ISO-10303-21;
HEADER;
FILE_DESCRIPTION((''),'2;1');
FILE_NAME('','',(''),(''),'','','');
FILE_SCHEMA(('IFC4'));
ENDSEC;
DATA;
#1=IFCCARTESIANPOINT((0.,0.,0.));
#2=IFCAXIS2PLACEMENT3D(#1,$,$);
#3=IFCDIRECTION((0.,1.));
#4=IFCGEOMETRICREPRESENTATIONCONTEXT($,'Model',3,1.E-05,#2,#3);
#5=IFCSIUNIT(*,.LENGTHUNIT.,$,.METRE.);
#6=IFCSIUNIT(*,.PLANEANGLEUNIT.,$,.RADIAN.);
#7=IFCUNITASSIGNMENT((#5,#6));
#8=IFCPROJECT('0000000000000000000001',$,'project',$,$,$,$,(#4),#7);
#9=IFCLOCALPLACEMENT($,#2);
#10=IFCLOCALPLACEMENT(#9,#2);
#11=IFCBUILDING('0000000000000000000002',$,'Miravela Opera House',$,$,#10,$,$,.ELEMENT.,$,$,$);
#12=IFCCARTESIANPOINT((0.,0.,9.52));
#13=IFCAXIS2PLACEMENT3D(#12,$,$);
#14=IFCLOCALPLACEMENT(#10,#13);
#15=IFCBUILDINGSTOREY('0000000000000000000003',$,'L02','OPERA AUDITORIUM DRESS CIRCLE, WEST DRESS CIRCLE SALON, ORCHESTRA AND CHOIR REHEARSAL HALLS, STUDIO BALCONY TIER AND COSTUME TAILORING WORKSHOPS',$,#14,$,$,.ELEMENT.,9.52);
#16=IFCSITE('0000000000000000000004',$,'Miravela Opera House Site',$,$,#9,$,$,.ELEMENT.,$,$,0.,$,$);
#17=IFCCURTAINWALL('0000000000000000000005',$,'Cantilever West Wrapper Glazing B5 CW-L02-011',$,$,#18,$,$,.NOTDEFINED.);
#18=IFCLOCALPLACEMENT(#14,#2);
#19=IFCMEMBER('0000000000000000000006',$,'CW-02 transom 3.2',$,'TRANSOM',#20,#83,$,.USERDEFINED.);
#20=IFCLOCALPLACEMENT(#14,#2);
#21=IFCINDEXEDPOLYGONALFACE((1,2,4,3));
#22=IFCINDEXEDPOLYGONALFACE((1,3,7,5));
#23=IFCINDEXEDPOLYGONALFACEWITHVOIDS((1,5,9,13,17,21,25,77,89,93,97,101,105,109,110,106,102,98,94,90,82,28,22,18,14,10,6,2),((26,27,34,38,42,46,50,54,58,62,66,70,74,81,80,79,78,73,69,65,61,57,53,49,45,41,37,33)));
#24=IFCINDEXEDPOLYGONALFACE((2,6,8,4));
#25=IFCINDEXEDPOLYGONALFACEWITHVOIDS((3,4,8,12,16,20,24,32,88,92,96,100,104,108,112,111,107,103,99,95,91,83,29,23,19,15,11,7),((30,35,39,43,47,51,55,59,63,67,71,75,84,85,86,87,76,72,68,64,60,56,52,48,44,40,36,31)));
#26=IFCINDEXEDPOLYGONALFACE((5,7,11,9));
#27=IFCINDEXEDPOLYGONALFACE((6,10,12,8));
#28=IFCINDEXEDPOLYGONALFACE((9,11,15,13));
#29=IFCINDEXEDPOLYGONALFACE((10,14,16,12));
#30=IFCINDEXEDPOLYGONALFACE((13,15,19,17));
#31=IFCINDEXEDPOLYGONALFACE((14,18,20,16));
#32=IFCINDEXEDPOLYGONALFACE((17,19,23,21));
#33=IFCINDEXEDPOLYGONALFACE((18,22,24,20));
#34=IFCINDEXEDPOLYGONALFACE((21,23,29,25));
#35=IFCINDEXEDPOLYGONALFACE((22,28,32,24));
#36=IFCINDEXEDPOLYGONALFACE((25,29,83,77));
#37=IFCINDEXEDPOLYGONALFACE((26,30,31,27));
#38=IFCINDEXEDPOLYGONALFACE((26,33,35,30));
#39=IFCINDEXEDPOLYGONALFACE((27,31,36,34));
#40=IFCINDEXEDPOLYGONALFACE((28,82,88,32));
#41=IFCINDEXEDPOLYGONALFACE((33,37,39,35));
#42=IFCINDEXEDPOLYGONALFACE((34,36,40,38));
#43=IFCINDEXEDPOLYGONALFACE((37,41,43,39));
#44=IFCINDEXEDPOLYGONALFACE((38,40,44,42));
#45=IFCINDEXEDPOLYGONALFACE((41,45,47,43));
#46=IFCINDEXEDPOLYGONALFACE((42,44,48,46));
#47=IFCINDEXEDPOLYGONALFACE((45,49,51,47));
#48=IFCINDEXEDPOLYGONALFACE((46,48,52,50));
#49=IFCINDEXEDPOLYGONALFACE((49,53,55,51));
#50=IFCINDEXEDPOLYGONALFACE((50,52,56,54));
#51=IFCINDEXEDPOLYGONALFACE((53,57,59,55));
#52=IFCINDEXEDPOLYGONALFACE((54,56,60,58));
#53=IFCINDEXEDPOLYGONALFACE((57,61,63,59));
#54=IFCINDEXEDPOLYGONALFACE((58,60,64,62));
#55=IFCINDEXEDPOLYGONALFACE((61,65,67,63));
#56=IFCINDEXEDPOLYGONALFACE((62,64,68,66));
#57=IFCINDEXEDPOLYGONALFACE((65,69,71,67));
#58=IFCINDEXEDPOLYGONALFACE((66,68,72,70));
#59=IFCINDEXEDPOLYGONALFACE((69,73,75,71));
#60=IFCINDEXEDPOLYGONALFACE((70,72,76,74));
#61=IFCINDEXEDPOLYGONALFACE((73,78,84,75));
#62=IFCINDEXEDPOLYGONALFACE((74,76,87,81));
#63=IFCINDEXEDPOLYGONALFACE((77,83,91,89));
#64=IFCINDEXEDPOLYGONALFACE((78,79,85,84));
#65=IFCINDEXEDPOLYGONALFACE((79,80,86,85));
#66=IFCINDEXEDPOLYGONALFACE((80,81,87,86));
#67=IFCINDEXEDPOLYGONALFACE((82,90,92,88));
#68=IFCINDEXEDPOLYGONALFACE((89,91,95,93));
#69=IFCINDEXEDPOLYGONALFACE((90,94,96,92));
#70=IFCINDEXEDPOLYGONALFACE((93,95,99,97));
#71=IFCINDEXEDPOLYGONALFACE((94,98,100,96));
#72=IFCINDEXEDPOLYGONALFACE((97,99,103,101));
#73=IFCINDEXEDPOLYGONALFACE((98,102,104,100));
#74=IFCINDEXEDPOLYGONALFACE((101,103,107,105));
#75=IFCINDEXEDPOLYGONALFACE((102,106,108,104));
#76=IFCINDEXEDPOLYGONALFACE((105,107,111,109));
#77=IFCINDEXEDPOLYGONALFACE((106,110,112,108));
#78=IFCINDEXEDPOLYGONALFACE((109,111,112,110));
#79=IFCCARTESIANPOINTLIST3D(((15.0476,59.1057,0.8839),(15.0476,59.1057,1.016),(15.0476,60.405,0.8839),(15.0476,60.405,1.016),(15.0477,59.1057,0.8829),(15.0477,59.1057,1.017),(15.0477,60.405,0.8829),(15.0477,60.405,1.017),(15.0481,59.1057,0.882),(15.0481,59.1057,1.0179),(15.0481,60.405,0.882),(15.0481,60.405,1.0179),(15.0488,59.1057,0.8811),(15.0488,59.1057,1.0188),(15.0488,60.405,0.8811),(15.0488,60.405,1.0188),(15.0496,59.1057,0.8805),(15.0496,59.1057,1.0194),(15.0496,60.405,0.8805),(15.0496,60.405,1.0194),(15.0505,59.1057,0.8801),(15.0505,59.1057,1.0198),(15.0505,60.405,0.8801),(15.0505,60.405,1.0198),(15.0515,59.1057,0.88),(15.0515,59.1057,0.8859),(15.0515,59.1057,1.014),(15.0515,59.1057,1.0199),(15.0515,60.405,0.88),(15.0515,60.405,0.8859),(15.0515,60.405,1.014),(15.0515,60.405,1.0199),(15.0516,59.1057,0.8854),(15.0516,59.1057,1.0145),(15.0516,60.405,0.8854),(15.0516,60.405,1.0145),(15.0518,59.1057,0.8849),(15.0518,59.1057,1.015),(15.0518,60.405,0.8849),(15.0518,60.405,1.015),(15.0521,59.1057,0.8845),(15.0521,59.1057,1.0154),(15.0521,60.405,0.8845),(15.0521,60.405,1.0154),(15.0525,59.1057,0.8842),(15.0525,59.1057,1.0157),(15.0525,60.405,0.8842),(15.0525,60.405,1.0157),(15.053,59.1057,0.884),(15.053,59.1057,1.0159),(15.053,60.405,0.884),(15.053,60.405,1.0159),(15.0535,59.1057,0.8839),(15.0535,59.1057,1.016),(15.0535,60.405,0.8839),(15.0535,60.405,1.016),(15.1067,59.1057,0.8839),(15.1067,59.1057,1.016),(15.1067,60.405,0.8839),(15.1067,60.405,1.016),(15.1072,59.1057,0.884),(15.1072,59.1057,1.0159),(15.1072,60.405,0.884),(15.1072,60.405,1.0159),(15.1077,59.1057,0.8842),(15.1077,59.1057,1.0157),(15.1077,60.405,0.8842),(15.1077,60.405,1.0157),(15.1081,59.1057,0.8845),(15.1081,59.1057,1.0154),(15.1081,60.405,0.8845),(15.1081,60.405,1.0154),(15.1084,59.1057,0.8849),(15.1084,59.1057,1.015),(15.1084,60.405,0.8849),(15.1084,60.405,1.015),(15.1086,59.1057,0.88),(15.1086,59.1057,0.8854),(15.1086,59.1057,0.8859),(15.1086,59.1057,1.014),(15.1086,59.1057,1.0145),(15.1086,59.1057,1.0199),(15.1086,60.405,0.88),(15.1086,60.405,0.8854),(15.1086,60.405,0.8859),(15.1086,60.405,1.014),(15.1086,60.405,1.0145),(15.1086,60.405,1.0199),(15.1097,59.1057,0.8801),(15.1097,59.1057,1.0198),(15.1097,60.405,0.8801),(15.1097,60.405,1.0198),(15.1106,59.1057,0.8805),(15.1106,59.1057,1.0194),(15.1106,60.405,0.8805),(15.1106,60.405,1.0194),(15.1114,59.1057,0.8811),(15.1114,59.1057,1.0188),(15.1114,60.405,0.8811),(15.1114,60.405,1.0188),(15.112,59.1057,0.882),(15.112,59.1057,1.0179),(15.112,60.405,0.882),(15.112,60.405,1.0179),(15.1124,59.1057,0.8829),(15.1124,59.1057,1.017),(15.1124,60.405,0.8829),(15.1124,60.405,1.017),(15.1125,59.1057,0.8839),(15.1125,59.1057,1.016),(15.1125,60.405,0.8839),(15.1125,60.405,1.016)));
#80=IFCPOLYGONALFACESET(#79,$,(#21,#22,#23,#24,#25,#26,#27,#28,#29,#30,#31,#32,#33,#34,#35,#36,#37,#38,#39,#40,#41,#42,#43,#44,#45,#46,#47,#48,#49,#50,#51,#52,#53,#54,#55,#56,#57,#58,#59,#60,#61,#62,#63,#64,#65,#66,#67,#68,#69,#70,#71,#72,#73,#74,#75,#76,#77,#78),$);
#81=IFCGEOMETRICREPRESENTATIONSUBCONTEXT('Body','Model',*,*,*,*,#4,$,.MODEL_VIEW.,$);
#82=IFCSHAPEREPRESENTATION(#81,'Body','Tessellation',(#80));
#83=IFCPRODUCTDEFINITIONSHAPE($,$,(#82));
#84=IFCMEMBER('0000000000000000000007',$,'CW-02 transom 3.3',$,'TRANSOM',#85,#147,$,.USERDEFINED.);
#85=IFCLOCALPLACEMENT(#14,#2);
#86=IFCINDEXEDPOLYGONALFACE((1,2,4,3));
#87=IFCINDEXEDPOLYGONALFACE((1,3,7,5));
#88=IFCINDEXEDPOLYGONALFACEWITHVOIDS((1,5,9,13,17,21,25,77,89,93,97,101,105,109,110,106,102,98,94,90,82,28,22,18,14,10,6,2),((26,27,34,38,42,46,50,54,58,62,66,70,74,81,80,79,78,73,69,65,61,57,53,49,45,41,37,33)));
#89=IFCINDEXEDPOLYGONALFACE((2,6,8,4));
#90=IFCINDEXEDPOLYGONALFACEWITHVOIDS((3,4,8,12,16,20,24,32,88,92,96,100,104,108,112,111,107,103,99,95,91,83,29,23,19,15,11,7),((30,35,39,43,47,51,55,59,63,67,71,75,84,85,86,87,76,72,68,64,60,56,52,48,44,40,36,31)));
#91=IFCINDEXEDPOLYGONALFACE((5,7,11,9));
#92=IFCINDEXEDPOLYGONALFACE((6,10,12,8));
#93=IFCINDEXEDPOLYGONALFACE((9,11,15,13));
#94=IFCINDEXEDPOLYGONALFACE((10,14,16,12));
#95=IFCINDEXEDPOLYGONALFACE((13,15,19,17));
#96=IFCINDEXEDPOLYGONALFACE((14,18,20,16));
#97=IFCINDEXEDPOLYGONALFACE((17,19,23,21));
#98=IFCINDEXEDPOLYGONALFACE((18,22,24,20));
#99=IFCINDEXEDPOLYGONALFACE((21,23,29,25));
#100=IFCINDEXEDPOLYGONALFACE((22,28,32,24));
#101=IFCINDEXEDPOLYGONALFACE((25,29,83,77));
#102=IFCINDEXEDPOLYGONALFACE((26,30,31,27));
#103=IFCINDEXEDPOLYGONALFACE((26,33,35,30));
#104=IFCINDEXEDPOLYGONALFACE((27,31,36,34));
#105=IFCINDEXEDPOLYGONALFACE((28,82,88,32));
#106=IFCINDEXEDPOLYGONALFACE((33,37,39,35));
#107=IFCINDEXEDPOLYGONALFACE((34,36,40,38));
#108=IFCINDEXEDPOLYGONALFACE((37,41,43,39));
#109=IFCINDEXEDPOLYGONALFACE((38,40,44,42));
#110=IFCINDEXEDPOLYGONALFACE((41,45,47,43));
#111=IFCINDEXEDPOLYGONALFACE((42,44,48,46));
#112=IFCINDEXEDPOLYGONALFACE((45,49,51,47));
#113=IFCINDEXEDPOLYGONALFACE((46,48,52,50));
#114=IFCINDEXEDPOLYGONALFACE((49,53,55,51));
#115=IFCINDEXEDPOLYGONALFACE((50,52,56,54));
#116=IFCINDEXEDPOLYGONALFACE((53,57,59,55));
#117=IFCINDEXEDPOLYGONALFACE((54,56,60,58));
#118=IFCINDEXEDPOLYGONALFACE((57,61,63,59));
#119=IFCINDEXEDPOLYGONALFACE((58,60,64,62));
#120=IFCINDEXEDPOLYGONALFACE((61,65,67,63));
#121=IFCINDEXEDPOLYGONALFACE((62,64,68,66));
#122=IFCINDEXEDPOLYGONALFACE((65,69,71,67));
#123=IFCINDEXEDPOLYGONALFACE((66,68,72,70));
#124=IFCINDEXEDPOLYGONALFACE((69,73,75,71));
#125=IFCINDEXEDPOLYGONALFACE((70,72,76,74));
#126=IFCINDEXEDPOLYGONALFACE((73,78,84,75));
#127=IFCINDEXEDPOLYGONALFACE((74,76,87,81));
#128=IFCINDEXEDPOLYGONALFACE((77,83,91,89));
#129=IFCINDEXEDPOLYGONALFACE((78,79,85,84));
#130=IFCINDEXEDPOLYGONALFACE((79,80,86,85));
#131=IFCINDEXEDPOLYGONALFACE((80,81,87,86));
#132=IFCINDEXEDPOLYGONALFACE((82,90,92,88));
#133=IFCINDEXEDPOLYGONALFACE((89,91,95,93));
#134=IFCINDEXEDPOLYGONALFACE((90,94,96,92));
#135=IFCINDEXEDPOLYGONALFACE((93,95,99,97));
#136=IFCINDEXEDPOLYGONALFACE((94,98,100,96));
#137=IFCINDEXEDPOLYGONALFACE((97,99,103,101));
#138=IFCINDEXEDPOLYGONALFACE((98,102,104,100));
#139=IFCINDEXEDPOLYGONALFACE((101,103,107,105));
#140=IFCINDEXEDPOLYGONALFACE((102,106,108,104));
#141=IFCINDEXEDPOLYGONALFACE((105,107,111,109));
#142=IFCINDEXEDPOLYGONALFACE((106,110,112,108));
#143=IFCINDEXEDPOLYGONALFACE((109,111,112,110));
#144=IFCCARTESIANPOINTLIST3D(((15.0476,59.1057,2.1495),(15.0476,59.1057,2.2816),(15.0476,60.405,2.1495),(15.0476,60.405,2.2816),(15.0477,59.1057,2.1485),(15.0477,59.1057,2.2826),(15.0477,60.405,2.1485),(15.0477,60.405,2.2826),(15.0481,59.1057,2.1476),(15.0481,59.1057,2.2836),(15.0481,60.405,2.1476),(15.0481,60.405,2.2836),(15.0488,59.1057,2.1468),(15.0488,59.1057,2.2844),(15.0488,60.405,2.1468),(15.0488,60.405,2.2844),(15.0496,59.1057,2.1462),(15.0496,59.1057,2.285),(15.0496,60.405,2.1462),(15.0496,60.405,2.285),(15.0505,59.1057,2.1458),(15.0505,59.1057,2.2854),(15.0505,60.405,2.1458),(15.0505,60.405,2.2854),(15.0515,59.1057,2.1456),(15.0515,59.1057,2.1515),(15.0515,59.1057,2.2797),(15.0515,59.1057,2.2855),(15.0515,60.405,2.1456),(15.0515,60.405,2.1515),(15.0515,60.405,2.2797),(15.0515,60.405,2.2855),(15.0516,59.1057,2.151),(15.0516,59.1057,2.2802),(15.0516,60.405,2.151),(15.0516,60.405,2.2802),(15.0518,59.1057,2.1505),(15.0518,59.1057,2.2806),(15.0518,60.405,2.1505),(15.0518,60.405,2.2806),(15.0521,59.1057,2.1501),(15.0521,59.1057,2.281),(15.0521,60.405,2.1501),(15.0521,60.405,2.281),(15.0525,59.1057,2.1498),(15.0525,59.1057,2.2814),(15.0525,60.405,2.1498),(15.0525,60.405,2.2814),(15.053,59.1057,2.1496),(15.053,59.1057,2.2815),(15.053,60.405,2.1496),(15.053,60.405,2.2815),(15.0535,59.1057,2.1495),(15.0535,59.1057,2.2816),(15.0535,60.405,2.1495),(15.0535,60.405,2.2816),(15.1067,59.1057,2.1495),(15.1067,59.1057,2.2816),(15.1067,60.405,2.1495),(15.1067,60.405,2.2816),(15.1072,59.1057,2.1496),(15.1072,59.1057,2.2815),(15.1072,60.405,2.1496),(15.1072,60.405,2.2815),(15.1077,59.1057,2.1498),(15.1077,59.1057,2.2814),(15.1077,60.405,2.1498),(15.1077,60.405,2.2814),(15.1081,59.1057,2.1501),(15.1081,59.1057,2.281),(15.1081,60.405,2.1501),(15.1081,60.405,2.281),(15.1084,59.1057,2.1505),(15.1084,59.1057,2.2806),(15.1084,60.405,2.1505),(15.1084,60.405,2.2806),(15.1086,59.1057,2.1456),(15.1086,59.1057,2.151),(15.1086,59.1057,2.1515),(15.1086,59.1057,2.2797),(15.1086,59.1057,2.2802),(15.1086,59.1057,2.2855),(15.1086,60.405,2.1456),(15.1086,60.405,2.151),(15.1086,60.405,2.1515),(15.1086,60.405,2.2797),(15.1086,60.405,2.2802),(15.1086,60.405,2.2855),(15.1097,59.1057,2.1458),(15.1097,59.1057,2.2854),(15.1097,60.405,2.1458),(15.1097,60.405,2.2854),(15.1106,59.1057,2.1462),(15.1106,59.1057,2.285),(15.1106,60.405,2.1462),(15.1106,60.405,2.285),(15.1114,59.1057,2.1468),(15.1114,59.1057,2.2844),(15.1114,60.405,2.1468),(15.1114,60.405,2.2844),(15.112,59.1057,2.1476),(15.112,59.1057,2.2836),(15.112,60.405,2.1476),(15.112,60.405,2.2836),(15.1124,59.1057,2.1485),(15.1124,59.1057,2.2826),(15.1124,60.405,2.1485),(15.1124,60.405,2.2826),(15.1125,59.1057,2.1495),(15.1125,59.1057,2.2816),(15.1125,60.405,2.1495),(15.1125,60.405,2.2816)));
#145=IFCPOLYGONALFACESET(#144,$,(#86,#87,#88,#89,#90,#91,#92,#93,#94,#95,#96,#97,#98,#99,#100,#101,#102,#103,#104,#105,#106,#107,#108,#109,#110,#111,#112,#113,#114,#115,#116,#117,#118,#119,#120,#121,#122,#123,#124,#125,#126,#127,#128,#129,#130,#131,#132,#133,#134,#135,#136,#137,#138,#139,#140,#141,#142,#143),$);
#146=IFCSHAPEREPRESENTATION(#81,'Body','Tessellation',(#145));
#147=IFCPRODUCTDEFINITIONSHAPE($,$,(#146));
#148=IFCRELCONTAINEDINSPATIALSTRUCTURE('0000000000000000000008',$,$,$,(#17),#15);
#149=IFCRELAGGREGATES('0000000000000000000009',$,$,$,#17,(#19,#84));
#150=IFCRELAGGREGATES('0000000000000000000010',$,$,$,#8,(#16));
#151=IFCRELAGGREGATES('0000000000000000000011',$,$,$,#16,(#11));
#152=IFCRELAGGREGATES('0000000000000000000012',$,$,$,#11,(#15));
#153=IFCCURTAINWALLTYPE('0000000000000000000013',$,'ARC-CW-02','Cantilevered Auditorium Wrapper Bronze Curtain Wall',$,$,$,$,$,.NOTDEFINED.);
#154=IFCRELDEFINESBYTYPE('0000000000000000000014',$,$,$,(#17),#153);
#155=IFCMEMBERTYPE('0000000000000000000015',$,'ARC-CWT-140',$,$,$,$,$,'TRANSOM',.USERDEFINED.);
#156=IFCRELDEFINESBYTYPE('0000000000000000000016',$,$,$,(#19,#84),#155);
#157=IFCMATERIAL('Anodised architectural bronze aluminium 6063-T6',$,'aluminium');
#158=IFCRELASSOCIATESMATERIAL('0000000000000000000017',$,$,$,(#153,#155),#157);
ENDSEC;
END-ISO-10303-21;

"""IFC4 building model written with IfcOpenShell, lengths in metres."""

from ifc_helpers import new_model, si_unit, direction, frame, origin, origin_2d, place, context, subcontext, project, spatial, hollow_rectangle, extrude, material, material_profile, profile_set, type_object, element, aggregate, save


model = new_model("IFC4")

# Units and contexts
model_context = context("Model", 3, precision=1e-05, world=origin(), true_north=direction((0.0, 1.0)))
body_context = subcontext(model_context, "Body", "Model", "MODEL_VIEW")
ifc_project = project(units=[si_unit("LENGTHUNIT", "METRE"), si_unit("PLANEANGLEUNIT", "RADIAN")], contexts=[model_context])

# Site, building, storey
site_placement = place(None, origin())
site = spatial("IfcSite", under=ifc_project, at=site_placement, Name="Miravela Opera House Site", CompositionType="ELEMENT", RefElevation=0.0)
building_placement = place(site_placement, origin())
building = spatial("IfcBuilding", under=site, at=building_placement, Name="Miravela Opera House", CompositionType="ELEMENT")
storey_placement = place(building_placement, frame((0.0, 0.0, 9.52)))
storey = spatial("IfcBuildingStorey", under=building, at=storey_placement, Name="L02", Description="OPERA AUDITORIUM DRESS CIRCLE, WEST DRESS CIRCLE SALON, ORCHESTRA AND CHOIR REHEARSAL HALLS, STUDIO BALCONY TIER AND COSTUME TAILORING WORKSHOPS", CompositionType="ELEMENT", Elevation=9.52)

# Curtain wall
ifc_material_1 = material(Name="Anodised architectural bronze aluminium 6063-T6", Category="aluminium")
curtain_wall_type = type_object("IfcCurtainWallType", Name="ARC-CW-02", Description="Cantilevered Auditorium Wrapper Bronze Curtain Wall", PredefinedType="NOTDEFINED", material=ifc_material_1)
curtain_wall_1_placement = place(storey_placement, origin())
curtain_wall_1 = element("IfcCurtainWall", 1, at=curtain_wall_1_placement, inside=storey, type_object=curtain_wall_type, Name="Cantilever West Wrapper Glazing B5 CW-L02-011", PredefinedType="NOTDEFINED")

# Members
ifc_material_profile_1 = material_profile(ifc_material_1, hollow_rectangle(XDim=0.0649, YDim=0.1399, WallThickness=0.0039, InnerFilletRadius=0.002, OuterFilletRadius=0.0039, at=origin_2d()), Name="CWT-65X140")
ifc_profile_set_1 = profile_set([ifc_material_profile_1])
member_type_1 = type_object("IfcMemberType", Name="ARC-CWT-140", ElementType="TRANSOM", PredefinedType="USERDEFINED", material=ifc_profile_set_1)
member_1_placement = place(storey_placement, frame((15.0801, 59.1057, 0.95), z_axis=(0.0, 1.0, 0.0), x_axis=(-1.0, 0.0, 0.0)))
member_1 = element("IfcMember", 2, at=member_1_placement, type_object=member_type_1, Name="CW-02 transom 3.2", ObjectType="TRANSOM", PredefinedType="USERDEFINED", context=body_context, shape_type="SweptSolid", body=[
    extrude(hollow_rectangle(XDim=0.0649, YDim=0.1399, WallThickness=0.0039, InnerFilletRadius=0.002, OuterFilletRadius=0.0039, at=origin_2d()), origin(), (0.0, 0.0, 1.0), 1.2993),
])
member_2_placement = place(storey_placement, frame((15.0801, 59.1057, 2.2156), z_axis=(0.0, 1.0, 0.0), x_axis=(-1.0, 0.0, 0.0)))
member_2 = element("IfcMember", 3, at=member_2_placement, type_object=member_type_1, Name="CW-02 transom 3.3", ObjectType="TRANSOM", PredefinedType="USERDEFINED", context=body_context, shape_type="SweptSolid", body=[
    extrude(hollow_rectangle(XDim=0.0649, YDim=0.1399, WallThickness=0.0039, InnerFilletRadius=0.002, OuterFilletRadius=0.0039, at=origin_2d()), origin(), (0.0, 0.0, 1.0), 1.2993),
])

aggregate(curtain_wall_1, [member_1, member_2])

save(model, "model.ifc")
